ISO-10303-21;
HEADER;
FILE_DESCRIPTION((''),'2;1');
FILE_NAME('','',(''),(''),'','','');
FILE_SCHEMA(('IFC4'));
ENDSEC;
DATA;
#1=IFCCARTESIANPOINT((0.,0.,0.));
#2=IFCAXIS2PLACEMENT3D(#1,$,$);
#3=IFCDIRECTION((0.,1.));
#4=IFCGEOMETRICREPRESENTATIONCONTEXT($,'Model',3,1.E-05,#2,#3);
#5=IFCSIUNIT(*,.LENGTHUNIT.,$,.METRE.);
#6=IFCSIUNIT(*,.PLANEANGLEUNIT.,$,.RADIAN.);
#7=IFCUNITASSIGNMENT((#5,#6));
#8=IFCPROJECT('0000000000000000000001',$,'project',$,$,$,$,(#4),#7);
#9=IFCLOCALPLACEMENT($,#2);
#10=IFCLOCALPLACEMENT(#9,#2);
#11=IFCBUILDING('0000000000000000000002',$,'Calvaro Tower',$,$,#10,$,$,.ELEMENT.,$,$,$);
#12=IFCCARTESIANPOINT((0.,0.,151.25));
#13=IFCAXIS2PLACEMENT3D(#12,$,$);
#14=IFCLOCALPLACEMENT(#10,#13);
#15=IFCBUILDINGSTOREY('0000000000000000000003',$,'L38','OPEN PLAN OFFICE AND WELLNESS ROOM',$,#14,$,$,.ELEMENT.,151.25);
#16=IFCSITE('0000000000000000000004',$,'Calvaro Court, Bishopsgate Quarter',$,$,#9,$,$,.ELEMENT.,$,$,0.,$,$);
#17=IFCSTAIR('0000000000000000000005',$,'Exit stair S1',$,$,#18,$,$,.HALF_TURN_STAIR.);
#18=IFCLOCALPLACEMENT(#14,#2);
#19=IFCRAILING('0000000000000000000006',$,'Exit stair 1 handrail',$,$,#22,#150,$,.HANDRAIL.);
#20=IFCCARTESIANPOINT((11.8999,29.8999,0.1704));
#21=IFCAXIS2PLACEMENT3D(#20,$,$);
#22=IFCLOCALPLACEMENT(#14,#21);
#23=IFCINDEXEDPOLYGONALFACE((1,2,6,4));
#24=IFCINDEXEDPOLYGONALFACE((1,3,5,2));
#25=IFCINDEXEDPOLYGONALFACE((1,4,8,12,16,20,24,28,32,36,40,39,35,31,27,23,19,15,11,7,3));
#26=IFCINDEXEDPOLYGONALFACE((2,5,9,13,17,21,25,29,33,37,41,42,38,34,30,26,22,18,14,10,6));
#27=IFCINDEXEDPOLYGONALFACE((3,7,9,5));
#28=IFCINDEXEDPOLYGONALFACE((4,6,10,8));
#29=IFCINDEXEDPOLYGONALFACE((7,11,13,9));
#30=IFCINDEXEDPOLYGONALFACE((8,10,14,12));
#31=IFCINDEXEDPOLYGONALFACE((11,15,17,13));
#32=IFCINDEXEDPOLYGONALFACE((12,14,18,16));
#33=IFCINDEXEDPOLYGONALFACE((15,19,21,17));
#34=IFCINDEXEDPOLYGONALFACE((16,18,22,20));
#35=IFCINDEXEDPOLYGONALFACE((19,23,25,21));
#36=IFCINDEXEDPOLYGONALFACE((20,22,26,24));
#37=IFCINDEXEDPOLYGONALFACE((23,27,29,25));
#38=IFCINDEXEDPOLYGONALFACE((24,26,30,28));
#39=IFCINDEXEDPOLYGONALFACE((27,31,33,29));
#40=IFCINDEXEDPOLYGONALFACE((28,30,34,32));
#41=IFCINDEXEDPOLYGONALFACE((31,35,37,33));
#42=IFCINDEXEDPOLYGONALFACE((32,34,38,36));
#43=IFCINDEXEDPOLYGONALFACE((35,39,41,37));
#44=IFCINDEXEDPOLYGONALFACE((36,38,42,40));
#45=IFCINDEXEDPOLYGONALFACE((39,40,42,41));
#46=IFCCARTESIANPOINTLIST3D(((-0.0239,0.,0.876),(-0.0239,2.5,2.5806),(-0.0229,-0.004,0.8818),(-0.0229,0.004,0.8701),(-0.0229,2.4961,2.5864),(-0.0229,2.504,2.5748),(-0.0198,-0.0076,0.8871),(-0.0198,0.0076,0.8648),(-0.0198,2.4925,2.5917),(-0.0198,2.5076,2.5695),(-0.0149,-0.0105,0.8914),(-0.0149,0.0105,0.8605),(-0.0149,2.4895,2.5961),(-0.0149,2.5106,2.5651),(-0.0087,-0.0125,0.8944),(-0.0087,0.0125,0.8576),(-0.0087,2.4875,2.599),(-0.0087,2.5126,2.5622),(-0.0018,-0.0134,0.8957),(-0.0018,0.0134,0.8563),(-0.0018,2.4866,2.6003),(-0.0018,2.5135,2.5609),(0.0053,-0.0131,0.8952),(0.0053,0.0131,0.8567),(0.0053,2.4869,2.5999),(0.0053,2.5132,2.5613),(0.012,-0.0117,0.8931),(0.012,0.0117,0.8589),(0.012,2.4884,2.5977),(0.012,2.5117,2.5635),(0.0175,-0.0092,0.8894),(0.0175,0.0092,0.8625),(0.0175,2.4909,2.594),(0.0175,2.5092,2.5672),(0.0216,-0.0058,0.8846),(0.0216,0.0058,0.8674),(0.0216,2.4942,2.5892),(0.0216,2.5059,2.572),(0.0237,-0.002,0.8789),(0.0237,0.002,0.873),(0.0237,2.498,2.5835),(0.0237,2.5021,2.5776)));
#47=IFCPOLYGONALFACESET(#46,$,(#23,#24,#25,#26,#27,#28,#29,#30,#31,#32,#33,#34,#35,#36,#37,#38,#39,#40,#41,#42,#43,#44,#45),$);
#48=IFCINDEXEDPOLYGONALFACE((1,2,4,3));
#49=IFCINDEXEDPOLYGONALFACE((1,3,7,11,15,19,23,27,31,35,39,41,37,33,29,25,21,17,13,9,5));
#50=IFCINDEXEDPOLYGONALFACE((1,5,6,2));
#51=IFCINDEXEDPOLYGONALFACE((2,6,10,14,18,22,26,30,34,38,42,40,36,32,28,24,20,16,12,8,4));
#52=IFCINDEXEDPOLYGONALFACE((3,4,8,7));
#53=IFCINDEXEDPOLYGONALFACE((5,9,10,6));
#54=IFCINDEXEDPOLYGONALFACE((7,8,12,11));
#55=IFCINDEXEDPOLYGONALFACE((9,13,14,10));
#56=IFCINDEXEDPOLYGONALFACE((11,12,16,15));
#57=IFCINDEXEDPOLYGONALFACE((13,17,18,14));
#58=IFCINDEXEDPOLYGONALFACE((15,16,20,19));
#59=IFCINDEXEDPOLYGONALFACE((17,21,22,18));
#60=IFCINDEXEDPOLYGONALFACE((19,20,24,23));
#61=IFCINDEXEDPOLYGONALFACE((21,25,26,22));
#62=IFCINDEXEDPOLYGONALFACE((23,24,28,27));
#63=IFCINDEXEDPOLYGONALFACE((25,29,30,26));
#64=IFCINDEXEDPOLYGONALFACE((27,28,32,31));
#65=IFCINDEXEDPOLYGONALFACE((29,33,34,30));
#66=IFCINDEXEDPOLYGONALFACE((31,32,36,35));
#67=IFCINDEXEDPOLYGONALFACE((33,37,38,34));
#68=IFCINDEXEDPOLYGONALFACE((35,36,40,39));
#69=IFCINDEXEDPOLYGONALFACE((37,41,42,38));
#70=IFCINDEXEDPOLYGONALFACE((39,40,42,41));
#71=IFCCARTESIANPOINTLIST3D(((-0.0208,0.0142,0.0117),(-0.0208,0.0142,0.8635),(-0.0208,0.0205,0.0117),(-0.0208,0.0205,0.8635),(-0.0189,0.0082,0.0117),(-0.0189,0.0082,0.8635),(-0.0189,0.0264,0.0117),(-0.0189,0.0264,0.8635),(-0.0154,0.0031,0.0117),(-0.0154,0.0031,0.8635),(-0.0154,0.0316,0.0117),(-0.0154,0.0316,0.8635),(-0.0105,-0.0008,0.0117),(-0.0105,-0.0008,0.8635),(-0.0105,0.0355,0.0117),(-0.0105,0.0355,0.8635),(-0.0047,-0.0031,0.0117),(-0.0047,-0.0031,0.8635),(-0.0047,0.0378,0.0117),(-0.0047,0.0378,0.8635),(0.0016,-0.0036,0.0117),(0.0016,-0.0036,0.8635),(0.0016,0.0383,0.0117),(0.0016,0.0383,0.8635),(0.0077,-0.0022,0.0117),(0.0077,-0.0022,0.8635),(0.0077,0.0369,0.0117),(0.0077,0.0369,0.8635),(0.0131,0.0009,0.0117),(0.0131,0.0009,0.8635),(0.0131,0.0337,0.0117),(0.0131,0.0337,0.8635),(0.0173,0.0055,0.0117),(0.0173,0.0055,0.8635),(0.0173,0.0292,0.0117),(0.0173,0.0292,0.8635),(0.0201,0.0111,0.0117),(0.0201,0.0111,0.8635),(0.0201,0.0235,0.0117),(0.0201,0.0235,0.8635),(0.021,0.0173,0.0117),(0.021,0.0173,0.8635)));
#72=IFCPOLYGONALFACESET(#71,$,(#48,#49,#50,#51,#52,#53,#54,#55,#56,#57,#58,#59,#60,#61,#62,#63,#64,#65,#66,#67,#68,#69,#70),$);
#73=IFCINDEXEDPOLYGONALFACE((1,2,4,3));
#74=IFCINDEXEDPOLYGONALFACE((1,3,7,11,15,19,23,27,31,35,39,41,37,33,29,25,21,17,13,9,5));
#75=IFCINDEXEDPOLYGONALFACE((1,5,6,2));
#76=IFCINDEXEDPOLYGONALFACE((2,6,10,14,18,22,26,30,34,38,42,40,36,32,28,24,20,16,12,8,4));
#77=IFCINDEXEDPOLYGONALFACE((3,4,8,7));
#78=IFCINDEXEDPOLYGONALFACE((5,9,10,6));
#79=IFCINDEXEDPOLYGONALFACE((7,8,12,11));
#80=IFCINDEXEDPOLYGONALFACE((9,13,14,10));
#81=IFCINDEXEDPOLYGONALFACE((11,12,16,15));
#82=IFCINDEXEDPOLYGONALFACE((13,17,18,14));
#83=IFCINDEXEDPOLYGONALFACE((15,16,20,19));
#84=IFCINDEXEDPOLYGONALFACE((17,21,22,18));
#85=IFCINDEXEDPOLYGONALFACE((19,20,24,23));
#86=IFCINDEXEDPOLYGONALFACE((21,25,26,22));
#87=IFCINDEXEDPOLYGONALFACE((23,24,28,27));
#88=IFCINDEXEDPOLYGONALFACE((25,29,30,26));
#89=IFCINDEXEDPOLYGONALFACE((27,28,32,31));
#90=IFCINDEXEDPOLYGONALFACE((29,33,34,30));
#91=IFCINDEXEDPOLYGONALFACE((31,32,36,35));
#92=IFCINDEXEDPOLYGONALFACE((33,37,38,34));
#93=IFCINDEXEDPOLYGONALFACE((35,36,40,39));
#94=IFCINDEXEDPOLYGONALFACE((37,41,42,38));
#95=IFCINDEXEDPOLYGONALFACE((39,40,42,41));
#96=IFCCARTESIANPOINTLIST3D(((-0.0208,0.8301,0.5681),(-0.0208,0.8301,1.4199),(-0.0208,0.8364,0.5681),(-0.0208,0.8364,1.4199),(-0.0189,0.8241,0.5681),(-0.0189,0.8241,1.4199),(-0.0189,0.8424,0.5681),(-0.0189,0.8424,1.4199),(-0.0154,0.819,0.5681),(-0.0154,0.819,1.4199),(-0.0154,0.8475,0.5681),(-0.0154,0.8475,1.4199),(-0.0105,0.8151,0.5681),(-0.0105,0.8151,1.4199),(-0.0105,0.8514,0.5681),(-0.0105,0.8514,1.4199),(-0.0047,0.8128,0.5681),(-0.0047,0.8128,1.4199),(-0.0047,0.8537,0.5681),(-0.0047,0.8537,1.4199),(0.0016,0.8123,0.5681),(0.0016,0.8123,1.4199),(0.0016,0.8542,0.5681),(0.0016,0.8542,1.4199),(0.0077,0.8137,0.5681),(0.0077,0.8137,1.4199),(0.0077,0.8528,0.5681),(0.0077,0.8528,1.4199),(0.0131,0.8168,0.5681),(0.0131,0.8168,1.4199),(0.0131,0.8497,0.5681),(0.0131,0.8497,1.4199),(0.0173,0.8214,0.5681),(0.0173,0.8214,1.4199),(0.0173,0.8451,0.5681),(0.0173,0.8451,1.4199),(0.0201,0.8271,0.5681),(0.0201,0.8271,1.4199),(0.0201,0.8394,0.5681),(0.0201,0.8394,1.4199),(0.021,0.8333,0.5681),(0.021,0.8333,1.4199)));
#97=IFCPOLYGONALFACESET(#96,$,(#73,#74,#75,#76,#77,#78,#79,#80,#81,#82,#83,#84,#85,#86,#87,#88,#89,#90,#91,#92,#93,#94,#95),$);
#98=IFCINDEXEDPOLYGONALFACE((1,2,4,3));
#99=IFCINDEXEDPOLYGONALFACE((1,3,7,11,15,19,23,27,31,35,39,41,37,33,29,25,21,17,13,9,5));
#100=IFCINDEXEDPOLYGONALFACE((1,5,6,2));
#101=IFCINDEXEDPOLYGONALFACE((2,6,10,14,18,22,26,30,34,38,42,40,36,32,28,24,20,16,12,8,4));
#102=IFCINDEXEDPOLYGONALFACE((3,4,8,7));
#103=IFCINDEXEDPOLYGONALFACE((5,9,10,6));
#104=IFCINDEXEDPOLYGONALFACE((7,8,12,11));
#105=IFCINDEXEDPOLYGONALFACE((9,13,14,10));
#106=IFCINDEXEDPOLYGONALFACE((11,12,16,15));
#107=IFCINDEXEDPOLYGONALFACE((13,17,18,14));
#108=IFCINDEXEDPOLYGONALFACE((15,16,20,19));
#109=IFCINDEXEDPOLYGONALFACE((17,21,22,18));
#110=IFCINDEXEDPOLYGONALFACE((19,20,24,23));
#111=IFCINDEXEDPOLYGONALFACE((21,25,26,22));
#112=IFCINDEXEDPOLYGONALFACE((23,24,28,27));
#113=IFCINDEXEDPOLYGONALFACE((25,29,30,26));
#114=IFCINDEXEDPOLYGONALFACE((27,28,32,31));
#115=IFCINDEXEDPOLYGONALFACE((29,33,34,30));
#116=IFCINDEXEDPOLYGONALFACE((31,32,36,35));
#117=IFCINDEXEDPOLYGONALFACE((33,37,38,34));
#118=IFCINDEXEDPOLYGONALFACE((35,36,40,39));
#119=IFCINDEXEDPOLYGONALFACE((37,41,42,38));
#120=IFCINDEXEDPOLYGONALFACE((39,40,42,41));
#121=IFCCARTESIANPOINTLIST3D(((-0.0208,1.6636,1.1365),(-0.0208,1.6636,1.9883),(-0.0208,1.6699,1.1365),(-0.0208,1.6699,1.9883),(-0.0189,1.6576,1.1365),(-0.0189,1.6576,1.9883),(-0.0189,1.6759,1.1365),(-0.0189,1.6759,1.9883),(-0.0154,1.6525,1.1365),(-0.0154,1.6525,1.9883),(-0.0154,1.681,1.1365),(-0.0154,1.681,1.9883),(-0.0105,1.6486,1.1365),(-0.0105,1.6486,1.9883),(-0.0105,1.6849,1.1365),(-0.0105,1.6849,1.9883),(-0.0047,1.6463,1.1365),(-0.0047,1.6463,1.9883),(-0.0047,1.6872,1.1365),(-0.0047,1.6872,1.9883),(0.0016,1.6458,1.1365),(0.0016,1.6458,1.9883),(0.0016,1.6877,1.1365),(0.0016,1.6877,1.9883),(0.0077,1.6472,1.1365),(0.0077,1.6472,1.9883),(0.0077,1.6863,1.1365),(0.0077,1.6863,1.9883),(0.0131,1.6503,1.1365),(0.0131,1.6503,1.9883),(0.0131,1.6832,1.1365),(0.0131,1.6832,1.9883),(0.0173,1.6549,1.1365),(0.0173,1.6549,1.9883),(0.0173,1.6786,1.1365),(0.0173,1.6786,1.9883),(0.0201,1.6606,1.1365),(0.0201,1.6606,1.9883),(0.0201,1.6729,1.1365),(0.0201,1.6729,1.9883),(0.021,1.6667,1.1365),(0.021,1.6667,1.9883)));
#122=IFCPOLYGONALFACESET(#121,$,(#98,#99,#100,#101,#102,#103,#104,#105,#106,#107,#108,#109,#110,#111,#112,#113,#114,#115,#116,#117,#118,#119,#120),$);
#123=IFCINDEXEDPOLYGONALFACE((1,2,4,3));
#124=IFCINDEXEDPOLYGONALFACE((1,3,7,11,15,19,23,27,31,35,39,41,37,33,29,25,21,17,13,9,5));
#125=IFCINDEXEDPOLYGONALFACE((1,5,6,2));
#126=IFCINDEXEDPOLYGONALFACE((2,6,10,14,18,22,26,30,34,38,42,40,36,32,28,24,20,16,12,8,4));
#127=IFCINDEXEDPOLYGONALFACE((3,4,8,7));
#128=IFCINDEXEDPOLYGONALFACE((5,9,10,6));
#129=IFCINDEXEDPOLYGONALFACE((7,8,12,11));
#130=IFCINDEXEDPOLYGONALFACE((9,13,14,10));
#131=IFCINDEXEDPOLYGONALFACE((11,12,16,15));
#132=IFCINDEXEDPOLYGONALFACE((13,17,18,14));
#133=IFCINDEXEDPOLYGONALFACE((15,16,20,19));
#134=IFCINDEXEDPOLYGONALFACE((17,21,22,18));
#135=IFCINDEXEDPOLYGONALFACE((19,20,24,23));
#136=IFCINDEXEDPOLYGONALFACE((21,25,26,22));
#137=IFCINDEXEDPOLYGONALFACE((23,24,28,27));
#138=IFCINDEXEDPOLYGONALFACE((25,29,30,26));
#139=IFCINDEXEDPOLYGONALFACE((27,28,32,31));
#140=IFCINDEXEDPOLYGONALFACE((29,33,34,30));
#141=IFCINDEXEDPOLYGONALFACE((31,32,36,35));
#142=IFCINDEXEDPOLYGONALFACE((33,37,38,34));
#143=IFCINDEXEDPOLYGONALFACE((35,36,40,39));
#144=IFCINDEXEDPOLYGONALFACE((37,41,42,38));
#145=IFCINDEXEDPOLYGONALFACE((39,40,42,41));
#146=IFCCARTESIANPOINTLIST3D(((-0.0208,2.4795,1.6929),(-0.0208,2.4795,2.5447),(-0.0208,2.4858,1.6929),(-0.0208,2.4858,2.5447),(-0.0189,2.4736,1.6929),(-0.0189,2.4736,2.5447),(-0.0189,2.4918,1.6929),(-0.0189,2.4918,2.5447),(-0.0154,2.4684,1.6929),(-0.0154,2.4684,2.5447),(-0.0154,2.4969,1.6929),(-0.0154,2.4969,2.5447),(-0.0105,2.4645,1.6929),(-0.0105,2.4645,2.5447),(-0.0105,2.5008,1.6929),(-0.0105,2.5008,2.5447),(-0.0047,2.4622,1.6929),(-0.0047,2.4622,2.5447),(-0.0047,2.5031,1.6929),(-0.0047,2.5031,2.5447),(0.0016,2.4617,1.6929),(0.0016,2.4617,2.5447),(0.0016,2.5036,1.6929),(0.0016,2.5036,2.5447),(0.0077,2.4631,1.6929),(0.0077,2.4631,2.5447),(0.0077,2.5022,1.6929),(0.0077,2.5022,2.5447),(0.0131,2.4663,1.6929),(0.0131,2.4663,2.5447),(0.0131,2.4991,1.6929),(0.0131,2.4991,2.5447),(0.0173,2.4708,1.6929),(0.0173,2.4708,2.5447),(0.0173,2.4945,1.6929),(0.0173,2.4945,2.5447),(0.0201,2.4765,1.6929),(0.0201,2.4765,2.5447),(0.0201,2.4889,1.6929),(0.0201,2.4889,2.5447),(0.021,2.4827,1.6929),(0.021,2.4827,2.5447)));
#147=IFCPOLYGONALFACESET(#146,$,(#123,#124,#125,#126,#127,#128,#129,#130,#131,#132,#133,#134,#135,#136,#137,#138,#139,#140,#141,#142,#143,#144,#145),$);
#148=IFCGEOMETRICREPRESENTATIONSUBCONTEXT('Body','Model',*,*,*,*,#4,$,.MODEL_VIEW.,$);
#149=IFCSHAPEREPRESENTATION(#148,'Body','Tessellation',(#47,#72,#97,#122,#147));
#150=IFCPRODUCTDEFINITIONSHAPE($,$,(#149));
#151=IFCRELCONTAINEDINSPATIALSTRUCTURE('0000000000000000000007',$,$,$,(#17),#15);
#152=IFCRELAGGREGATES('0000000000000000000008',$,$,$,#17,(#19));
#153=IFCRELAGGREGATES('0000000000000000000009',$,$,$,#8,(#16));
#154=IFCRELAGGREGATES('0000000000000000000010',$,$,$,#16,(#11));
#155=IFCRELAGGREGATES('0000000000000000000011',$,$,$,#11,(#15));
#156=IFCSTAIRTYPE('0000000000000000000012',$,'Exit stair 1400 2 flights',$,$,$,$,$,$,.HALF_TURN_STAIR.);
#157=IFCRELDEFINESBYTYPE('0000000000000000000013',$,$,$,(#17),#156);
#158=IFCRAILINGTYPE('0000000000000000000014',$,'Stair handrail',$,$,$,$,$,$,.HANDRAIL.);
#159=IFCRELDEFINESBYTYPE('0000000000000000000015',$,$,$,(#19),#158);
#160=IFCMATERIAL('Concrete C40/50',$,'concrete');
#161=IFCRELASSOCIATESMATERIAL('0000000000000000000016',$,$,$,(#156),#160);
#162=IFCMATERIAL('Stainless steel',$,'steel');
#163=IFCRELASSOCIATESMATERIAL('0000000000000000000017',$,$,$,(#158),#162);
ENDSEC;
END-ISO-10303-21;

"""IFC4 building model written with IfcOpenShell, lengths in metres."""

from ifc_helpers import new_model, si_unit, direction, frame, origin, origin_2d, place, context, subcontext, project, spatial, circle, extrude, material, type_object, element, aggregate, save


model = new_model("IFC4")

# Units and contexts
model_context = context("Model", 3, precision=1e-05, world=origin(), true_north=direction((0.0, 1.0)))
body_context = subcontext(model_context, "Body", "Model", "MODEL_VIEW")
ifc_project = project(units=[si_unit("LENGTHUNIT", "METRE"), si_unit("PLANEANGLEUNIT", "RADIAN")], contexts=[model_context])

# Site, building, storey
site_placement = place(None, origin())
site = spatial("IfcSite", under=ifc_project, at=site_placement, Name="Calvaro Court, Bishopsgate Quarter", CompositionType="ELEMENT", RefElevation=0.0)
building_placement = place(site_placement, origin())
building = spatial("IfcBuilding", under=site, at=building_placement, Name="Calvaro Tower", CompositionType="ELEMENT")
storey_placement = place(building_placement, frame((0.0, 0.0, 151.25)))
storey = spatial("IfcBuildingStorey", under=building, at=storey_placement, Name="L38", Description="OPEN PLAN OFFICE AND WELLNESS ROOM", CompositionType="ELEMENT", Elevation=151.25)

# Stair, railing
ifc_material_1 = material(Name="Concrete C40/50", Category="concrete")
stair_type = type_object("IfcStairType", Name="Exit stair 1400 2 flights", PredefinedType="HALF_TURN_STAIR", material=ifc_material_1)
stair_placement = place(storey_placement, origin())
stair = element("IfcStair", 1, at=stair_placement, inside=storey, type_object=stair_type, Name="Exit stair S1", PredefinedType="HALF_TURN_STAIR")
ifc_material_2 = material(Name="Stainless steel", Category="steel")
railing_type = type_object("IfcRailingType", Name="Stair handrail", PredefinedType="HANDRAIL", material=ifc_material_2)
railing_1_placement = place(storey_placement, frame((11.8999, 29.8999, 0.1704)))
railing_1 = element("IfcRailing", 2, at=railing_1_placement, type_object=railing_type, Name="Exit stair 1 handrail", PredefinedType="HANDRAIL", context=body_context, shape_type="SweptSolid", body=[
    extrude(circle(Radius=0.0239, at=origin_2d()), frame((0.0, 0.0, 0.876), z_axis=(0.0, 0.826221, 0.563347), x_axis=(-1.0, 0.0, 0.0)), (0.0, 0.0, 1.0), 3.0259),
    extrude(circle(Radius=0.021, at=origin_2d()), frame((0.0, 0.0173, 0.0117)), (0.0, 0.0, 1.0), 0.8518),
    extrude(circle(Radius=0.021, at=origin_2d()), frame((0.0, 0.8333, 0.5681)), (0.0, 0.0, 1.0), 0.8518),
    extrude(circle(Radius=0.021, at=origin_2d()), frame((0.0, 1.6667, 1.1365)), (0.0, 0.0, 1.0), 0.8518),
    extrude(circle(Radius=0.021, at=origin_2d()), frame((0.0, 2.4827, 1.6929)), (0.0, 0.0, 1.0), 0.8518),
])
aggregate(stair, [railing_1])

save(model, "model.ifc")
